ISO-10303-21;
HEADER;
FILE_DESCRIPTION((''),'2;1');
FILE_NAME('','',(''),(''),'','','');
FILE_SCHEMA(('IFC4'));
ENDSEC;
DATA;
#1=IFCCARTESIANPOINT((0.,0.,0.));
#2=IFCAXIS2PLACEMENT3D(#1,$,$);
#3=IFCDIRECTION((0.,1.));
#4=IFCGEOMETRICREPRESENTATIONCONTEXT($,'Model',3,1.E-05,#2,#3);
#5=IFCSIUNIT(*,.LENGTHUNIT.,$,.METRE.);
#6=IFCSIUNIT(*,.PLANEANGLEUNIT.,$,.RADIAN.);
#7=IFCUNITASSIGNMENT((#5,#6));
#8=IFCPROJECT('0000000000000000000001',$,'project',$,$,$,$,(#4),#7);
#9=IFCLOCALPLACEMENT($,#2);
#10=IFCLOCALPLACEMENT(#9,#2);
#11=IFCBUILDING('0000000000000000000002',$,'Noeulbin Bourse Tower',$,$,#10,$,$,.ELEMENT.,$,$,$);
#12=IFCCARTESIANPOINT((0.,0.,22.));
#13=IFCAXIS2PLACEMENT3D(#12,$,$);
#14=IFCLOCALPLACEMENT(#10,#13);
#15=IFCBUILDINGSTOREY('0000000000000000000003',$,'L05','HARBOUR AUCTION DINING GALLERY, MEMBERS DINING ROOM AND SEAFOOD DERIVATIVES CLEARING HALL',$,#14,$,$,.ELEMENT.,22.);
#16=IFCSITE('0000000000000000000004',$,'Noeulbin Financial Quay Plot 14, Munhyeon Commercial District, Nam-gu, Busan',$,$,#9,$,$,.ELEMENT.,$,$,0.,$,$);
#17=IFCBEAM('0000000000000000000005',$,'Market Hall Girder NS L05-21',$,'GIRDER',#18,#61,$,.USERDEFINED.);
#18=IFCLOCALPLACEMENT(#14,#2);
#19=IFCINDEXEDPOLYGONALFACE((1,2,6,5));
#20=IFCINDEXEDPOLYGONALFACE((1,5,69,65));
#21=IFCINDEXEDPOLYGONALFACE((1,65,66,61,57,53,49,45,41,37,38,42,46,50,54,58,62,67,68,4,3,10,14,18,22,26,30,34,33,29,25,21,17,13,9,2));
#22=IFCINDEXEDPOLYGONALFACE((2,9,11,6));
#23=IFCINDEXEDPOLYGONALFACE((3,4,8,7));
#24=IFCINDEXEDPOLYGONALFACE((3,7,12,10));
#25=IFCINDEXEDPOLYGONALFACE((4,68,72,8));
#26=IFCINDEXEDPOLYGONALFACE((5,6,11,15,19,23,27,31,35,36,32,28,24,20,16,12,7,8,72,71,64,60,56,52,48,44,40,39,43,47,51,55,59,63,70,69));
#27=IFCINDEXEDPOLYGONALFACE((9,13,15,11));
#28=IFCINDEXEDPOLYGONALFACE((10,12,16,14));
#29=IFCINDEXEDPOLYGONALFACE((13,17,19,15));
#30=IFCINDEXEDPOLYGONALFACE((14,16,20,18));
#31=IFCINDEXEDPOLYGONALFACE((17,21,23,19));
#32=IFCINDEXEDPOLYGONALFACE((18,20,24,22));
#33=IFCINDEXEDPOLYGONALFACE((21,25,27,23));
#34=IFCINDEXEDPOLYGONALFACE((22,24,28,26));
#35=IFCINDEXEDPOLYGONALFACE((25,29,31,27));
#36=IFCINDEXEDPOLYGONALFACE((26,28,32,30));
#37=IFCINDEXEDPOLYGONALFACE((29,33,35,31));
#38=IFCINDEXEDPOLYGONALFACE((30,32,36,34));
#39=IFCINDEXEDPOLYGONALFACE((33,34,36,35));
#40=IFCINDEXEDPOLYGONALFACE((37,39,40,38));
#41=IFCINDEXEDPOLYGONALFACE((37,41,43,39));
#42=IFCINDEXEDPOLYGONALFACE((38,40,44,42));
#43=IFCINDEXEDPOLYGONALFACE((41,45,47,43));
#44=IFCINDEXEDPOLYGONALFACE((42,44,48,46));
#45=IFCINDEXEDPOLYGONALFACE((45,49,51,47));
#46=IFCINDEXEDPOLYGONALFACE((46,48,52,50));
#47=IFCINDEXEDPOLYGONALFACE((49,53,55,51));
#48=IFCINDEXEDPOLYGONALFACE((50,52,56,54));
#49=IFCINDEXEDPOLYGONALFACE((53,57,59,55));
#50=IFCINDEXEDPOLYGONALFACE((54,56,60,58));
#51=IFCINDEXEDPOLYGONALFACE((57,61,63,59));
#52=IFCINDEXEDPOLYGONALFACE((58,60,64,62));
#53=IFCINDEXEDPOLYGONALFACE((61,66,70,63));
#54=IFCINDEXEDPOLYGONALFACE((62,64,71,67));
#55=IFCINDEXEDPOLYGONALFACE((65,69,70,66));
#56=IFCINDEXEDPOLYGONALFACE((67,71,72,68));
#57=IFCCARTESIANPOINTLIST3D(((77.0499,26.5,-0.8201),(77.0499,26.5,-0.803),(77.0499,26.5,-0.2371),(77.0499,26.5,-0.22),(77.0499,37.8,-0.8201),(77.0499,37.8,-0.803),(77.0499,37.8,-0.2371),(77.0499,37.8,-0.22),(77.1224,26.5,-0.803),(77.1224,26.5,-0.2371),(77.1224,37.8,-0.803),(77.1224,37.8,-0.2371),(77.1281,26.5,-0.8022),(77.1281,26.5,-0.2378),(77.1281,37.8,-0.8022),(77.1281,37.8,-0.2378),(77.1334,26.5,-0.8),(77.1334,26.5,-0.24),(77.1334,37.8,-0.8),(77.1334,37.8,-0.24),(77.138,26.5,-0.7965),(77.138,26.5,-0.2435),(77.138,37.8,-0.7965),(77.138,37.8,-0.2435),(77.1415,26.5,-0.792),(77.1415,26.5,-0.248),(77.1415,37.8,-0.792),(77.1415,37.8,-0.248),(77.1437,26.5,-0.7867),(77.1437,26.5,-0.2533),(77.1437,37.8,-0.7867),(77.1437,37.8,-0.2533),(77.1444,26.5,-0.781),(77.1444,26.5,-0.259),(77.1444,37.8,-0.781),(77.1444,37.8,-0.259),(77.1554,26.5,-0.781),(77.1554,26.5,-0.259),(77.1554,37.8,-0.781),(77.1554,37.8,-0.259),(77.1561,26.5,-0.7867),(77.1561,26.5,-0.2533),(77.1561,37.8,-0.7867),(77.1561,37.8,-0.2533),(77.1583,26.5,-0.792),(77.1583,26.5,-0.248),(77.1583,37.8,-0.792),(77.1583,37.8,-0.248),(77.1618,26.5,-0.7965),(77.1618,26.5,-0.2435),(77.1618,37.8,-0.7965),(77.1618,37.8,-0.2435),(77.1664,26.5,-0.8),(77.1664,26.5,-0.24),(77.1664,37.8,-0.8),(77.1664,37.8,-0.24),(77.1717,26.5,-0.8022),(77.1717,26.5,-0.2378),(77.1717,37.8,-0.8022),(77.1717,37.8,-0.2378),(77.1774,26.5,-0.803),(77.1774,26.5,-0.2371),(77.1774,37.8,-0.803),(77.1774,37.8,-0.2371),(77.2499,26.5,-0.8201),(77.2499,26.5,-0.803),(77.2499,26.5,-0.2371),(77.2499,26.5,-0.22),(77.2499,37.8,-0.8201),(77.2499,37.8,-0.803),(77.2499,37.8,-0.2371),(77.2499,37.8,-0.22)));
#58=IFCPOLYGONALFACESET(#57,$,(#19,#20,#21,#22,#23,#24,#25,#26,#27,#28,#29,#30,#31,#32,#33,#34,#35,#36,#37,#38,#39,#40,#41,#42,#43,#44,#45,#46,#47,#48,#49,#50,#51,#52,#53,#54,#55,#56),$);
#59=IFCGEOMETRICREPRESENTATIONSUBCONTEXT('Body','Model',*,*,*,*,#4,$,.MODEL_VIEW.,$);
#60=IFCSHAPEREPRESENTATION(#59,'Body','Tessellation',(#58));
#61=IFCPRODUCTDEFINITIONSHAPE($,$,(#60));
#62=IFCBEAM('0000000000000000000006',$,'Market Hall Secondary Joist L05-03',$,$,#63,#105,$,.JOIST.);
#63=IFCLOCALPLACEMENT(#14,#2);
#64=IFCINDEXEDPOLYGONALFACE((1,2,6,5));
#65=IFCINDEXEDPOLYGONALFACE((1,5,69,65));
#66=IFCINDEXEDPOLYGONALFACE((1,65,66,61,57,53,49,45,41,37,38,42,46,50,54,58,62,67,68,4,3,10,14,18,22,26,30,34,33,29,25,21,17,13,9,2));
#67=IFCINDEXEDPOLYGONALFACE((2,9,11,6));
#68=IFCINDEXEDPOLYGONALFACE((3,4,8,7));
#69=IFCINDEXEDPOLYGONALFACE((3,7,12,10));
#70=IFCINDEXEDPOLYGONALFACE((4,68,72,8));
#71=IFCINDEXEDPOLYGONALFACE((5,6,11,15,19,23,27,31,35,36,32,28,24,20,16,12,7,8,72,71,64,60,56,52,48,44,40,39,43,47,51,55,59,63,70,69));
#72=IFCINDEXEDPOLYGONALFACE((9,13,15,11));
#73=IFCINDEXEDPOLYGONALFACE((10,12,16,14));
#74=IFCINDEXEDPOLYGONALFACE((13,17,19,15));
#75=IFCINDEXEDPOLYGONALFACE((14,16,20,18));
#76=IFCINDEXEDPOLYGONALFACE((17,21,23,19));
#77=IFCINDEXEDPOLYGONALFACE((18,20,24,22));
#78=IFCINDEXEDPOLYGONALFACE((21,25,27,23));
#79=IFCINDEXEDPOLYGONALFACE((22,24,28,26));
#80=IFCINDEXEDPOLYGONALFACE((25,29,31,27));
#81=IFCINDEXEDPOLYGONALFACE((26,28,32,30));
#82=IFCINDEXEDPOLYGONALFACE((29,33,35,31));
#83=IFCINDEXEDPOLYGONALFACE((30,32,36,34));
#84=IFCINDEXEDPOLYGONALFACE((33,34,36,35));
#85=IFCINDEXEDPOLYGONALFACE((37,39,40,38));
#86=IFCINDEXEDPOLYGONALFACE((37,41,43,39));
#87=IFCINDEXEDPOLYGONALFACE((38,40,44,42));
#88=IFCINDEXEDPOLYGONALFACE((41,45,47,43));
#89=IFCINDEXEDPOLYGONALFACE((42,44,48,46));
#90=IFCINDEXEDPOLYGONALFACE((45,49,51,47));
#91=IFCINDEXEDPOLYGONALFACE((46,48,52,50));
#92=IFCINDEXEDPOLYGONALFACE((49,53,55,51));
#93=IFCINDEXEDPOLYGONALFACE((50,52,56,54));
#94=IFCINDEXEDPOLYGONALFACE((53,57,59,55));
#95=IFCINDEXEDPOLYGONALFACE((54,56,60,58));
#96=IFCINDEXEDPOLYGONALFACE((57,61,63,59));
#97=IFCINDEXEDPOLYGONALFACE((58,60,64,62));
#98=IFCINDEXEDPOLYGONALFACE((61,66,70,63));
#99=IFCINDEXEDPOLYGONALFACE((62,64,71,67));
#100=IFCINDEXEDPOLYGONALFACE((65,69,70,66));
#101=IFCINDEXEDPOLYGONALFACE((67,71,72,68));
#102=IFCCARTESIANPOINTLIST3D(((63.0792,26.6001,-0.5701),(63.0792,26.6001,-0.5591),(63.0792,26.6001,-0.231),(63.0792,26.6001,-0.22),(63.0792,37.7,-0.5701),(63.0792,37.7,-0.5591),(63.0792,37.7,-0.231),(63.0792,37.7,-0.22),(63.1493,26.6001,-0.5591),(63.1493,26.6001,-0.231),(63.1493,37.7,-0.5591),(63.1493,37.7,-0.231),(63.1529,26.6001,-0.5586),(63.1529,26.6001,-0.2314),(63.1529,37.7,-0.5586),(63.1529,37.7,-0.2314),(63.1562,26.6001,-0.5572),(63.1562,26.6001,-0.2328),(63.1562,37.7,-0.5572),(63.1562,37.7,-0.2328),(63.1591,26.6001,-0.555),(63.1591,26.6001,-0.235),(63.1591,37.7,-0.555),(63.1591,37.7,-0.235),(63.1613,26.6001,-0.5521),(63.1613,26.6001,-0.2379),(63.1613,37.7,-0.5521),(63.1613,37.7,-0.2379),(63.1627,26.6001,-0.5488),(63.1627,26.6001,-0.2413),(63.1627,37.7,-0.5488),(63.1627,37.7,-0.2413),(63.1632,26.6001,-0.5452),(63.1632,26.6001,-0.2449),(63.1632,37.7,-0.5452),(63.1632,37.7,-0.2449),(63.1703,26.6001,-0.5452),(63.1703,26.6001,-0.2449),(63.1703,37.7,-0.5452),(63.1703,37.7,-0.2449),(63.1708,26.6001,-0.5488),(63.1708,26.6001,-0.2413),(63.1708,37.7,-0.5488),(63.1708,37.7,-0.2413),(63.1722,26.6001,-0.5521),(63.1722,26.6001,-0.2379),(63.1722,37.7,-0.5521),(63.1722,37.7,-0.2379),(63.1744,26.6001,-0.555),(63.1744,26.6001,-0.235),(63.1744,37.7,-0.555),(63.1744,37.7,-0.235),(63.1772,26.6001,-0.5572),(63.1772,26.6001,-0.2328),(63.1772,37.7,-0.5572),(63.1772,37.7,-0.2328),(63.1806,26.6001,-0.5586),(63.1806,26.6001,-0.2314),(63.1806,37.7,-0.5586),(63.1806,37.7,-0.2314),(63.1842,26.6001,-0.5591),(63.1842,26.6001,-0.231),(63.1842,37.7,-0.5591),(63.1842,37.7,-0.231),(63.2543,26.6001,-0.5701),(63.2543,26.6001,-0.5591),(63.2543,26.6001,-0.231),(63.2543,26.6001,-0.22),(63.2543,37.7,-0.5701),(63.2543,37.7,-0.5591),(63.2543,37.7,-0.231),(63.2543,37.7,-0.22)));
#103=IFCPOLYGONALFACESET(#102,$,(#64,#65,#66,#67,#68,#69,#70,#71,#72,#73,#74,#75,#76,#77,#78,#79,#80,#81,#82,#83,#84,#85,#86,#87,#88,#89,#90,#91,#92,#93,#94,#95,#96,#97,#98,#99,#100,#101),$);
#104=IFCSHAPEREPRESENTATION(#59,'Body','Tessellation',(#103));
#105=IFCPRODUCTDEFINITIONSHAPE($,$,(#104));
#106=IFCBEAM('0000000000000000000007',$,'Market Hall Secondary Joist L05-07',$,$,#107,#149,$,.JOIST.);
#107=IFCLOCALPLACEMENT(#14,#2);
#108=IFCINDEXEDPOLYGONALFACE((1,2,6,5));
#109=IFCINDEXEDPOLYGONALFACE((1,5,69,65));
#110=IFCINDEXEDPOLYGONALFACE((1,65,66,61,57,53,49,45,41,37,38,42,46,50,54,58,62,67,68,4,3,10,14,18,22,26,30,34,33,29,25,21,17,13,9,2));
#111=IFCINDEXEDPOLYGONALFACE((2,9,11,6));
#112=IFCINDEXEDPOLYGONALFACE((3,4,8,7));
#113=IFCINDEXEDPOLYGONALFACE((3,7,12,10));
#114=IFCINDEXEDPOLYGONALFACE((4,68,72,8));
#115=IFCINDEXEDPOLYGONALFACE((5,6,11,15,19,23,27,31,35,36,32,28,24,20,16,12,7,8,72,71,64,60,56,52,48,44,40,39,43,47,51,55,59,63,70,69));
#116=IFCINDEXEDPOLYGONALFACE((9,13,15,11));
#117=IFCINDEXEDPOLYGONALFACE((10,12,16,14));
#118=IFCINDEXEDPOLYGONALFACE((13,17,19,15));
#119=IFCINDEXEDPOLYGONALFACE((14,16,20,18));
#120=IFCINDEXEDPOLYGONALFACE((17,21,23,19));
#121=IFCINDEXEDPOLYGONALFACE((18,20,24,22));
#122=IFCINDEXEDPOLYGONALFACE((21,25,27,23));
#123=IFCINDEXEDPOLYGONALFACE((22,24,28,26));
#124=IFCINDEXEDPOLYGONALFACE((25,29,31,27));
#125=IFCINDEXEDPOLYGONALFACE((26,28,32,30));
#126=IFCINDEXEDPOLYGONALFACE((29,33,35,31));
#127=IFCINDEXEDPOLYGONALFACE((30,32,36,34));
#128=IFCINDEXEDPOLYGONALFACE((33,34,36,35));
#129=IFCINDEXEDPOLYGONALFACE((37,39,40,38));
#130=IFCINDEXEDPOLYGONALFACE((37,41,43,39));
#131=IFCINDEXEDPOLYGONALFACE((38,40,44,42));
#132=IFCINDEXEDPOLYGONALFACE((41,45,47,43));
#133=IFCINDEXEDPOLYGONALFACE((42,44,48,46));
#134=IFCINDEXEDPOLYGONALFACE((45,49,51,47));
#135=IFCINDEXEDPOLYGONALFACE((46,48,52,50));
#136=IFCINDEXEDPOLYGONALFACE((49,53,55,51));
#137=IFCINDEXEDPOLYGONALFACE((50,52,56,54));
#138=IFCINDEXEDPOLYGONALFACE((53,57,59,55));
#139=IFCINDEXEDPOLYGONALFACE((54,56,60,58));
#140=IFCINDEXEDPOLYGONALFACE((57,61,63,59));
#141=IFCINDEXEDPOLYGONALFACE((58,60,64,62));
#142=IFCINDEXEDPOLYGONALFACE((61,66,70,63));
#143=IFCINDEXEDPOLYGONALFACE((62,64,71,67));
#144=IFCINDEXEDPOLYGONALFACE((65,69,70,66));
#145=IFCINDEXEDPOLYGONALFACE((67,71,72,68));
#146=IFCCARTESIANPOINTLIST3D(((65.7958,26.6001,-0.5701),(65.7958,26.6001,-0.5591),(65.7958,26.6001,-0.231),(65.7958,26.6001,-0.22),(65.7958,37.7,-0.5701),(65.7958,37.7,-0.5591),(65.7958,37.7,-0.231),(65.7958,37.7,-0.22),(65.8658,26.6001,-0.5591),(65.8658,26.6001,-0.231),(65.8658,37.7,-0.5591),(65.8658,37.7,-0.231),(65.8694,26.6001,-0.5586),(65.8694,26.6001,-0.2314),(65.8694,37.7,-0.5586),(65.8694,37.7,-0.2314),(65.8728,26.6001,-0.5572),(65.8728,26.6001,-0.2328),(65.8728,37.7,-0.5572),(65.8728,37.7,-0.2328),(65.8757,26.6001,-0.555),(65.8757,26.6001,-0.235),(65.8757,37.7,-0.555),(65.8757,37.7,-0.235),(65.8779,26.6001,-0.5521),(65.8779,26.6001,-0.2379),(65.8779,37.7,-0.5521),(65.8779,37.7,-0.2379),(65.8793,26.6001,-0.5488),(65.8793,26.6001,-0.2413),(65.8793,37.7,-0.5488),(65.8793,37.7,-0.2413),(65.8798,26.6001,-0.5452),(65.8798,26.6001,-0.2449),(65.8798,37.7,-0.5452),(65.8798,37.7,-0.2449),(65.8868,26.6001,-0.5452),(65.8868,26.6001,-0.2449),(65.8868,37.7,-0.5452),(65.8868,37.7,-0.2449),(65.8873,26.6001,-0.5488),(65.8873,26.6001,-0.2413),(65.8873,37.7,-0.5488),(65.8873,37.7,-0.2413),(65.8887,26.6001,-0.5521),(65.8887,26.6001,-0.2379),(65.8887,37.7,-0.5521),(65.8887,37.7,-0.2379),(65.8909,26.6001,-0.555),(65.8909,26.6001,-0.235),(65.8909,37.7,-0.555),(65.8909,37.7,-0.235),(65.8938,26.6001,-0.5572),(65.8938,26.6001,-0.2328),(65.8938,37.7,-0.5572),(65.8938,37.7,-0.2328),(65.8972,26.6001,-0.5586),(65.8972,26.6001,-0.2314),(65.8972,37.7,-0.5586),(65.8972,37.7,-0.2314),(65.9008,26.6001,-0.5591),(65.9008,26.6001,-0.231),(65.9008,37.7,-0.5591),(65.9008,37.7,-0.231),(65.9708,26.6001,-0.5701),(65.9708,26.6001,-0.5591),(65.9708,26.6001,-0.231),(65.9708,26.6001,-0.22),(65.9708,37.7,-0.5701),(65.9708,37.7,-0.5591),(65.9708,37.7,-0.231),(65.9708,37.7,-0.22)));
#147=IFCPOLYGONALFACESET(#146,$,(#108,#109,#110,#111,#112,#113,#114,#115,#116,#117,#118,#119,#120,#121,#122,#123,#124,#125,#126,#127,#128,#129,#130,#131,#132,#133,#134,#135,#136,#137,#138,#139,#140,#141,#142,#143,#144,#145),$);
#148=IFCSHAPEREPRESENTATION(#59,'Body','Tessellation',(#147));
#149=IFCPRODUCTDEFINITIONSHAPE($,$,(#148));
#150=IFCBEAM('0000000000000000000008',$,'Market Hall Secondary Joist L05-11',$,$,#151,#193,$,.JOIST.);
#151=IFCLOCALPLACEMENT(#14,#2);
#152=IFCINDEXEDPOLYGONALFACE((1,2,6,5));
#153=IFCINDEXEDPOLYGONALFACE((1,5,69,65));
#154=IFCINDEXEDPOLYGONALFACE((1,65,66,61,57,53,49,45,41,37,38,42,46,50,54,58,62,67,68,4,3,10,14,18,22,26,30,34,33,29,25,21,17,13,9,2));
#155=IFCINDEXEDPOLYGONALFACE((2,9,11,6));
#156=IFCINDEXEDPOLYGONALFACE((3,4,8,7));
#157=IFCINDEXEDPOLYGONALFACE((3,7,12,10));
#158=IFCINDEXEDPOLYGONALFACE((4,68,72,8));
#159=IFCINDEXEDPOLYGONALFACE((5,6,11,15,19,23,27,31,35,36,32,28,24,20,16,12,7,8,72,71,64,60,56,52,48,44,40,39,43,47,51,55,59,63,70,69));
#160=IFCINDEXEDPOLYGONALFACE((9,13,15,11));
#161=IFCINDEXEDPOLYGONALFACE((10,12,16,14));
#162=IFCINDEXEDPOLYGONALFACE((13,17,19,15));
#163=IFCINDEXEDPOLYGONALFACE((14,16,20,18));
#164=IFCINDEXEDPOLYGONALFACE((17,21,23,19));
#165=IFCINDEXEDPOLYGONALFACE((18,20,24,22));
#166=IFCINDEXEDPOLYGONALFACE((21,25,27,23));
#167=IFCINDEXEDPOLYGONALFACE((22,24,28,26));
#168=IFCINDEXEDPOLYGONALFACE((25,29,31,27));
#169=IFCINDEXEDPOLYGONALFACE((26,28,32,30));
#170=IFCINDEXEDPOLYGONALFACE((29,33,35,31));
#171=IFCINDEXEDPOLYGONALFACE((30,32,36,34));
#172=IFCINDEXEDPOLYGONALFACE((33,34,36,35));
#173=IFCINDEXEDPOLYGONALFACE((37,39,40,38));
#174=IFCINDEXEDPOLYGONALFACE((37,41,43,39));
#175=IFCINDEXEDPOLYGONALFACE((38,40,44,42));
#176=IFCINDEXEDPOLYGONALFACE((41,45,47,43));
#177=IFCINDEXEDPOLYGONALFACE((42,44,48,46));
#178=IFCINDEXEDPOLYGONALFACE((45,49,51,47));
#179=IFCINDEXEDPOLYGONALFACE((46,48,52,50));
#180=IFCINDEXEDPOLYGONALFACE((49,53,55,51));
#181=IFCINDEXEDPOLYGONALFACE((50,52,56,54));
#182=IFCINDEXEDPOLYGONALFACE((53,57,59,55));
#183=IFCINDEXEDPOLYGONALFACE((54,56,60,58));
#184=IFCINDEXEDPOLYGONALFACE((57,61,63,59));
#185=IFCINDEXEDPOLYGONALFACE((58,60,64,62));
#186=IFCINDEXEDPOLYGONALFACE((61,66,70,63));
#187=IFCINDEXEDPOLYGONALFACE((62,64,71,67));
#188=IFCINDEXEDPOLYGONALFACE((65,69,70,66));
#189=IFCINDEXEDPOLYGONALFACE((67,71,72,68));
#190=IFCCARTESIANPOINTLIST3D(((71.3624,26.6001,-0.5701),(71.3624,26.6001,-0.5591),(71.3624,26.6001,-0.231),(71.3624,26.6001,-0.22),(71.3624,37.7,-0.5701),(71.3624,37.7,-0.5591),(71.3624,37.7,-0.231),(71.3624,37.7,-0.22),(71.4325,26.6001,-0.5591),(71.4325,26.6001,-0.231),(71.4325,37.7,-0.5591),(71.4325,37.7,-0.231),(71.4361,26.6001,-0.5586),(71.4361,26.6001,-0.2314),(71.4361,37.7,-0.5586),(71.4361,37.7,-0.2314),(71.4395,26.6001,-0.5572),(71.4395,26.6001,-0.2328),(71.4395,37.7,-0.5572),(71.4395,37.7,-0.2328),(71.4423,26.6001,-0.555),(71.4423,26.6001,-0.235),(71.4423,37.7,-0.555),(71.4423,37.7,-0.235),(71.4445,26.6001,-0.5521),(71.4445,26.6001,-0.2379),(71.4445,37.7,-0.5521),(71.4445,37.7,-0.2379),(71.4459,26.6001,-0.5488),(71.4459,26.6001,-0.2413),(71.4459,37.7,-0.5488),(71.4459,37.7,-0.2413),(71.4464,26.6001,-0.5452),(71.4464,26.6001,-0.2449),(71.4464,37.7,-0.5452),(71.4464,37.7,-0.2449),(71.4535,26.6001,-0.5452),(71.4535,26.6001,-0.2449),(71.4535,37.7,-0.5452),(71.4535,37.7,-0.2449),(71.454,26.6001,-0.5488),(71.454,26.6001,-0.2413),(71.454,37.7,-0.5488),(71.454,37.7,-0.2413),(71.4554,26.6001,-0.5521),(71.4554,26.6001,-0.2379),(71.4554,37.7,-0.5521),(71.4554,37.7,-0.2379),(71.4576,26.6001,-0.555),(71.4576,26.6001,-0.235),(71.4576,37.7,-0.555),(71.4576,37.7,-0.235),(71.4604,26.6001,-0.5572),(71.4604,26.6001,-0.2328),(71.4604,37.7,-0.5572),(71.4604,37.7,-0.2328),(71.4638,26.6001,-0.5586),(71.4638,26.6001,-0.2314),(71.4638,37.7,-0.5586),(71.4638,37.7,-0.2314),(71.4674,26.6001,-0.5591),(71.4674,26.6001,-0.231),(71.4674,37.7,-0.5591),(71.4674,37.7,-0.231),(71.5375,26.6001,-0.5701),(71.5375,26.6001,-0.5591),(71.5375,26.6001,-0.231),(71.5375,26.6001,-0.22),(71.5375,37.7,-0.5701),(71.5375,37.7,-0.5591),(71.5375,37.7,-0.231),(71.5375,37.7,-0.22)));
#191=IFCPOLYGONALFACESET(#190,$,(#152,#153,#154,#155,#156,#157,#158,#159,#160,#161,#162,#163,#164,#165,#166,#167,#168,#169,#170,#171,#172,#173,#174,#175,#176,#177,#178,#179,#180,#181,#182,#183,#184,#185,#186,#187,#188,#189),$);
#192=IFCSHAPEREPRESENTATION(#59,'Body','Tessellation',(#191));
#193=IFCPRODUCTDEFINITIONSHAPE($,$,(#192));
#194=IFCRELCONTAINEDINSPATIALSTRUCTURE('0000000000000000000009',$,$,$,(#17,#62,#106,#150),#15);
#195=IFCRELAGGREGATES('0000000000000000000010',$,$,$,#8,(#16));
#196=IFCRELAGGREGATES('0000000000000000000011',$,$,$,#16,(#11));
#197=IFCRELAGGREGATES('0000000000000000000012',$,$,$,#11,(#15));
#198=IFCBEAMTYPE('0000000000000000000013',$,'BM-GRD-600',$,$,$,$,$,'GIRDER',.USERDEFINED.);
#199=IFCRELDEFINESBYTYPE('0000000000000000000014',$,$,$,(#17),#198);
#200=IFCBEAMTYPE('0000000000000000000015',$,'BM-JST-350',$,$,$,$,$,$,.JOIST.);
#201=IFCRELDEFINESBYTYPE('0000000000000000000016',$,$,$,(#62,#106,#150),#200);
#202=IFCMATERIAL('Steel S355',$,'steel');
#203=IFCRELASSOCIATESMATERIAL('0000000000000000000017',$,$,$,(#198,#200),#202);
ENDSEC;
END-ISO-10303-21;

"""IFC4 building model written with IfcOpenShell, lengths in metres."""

from ifc_helpers import new_model, si_unit, direction, frame, origin, origin_2d, place, context, subcontext, project, spatial, i_section, extrude, material, material_profile, profile_set, type_object, element, save


model = new_model("IFC4")

# Units and contexts
model_context = context("Model", 3, precision=1e-05, world=origin(), true_north=direction((0.0, 1.0)))
body_context = subcontext(model_context, "Body", "Model", "MODEL_VIEW")
ifc_project = project(units=[si_unit("LENGTHUNIT", "METRE"), si_unit("PLANEANGLEUNIT", "RADIAN")], contexts=[model_context])

# Site, building, storey
site_placement = place(None, origin())
site = spatial("IfcSite", under=ifc_project, at=site_placement, Name="Noeulbin Financial Quay Plot 14, Munhyeon Commercial District, Nam-gu, Busan", CompositionType="ELEMENT", RefElevation=0.0)
building_placement = place(site_placement, origin())
building = spatial("IfcBuilding", under=site, at=building_placement, Name="Noeulbin Bourse Tower", CompositionType="ELEMENT")
storey_placement = place(building_placement, frame((0.0, 0.0, 22.0)))
storey = spatial("IfcBuildingStorey", under=building, at=storey_placement, Name="L05", Description="HARBOUR AUCTION DINING GALLERY, MEMBERS DINING ROOM AND SEAFOOD DERIVATIVES CLEARING HALL", CompositionType="ELEMENT", Elevation=22.0)

# Shared definitions
ifc_material_1 = material(Name="Steel S355", Category="steel")

# Beams
ifc_material_profile_1 = material_profile(ifc_material_1, i_section(OverallWidth=0.2, OverallDepth=0.6001, WebThickness=0.011, FlangeThickness=0.0171, FilletRadius=0.022, at=origin_2d()), Name="H-600x200x11x17", Category="LoadBearing")
ifc_profile_set_1 = profile_set([ifc_material_profile_1], Name="Steel S355")
beam_type_1 = type_object("IfcBeamType", Name="BM-GRD-600", ElementType="GIRDER", PredefinedType="USERDEFINED", material=ifc_profile_set_1)
beam_1_placement = place(storey_placement, frame((77.1499, 26.5, -0.52), z_axis=(0.0, 1.0, 0.0), x_axis=(-1.0, 0.0, 0.0)))
element("IfcBeam", 1, at=beam_1_placement, inside=storey, type_object=beam_type_1, Name="Market Hall Girder NS L05-21", ObjectType="GIRDER", PredefinedType="USERDEFINED", context=body_context, shape_type="SweptSolid", body=[
    extrude(i_section(OverallWidth=0.2, OverallDepth=0.6001, WebThickness=0.011, FlangeThickness=0.0171, FilletRadius=0.022, at=origin_2d()), origin(), (0.0, 0.0, 1.0), 11.3),
])
ifc_material_profile_2 = material_profile(ifc_material_1, i_section(OverallWidth=0.175, OverallDepth=0.3501, WebThickness=0.0071, FlangeThickness=0.011, FilletRadius=0.0139, at=origin_2d()), Name="H-350x175x7x11", Category="LoadBearing")
ifc_profile_set_2 = profile_set([ifc_material_profile_2], Name="Steel S355")
beam_type_2 = type_object("IfcBeamType", Name="BM-JST-350", PredefinedType="JOIST", material=ifc_profile_set_2)
for number, where, z_axis, x_axis, name in (
    (2, (63.1667, 26.6001, -0.395), (0.0, 1.0, 0.0), (-1.0, 0.0, 0.0), "Market Hall Secondary Joist L05-03"),
    (3, (65.8833, 26.6001, -0.395), (0.0, 1.0, 0.0), (-1.0, 0.0, 0.0), "Market Hall Secondary Joist L05-07"),
    (4, (71.45, 26.6001, -0.395), (0.0, 1.0, 0.0), (-1.0, 0.0, 0.0), "Market Hall Secondary Joist L05-11"),
):
    element("IfcBeam", number, at=place(storey_placement, frame(where, z_axis=z_axis, x_axis=x_axis)), inside=storey, type_object=beam_type_2, Name=name, PredefinedType="JOIST", context=body_context, shape_type="SweptSolid", body=[
        extrude(i_section(OverallWidth=0.175, OverallDepth=0.3501, WebThickness=0.0071, FlangeThickness=0.011, FilletRadius=0.0139, at=origin_2d()), origin(), (0.0, 0.0, 1.0), 11.0999),
    ])

save(model, "model.ifc")
